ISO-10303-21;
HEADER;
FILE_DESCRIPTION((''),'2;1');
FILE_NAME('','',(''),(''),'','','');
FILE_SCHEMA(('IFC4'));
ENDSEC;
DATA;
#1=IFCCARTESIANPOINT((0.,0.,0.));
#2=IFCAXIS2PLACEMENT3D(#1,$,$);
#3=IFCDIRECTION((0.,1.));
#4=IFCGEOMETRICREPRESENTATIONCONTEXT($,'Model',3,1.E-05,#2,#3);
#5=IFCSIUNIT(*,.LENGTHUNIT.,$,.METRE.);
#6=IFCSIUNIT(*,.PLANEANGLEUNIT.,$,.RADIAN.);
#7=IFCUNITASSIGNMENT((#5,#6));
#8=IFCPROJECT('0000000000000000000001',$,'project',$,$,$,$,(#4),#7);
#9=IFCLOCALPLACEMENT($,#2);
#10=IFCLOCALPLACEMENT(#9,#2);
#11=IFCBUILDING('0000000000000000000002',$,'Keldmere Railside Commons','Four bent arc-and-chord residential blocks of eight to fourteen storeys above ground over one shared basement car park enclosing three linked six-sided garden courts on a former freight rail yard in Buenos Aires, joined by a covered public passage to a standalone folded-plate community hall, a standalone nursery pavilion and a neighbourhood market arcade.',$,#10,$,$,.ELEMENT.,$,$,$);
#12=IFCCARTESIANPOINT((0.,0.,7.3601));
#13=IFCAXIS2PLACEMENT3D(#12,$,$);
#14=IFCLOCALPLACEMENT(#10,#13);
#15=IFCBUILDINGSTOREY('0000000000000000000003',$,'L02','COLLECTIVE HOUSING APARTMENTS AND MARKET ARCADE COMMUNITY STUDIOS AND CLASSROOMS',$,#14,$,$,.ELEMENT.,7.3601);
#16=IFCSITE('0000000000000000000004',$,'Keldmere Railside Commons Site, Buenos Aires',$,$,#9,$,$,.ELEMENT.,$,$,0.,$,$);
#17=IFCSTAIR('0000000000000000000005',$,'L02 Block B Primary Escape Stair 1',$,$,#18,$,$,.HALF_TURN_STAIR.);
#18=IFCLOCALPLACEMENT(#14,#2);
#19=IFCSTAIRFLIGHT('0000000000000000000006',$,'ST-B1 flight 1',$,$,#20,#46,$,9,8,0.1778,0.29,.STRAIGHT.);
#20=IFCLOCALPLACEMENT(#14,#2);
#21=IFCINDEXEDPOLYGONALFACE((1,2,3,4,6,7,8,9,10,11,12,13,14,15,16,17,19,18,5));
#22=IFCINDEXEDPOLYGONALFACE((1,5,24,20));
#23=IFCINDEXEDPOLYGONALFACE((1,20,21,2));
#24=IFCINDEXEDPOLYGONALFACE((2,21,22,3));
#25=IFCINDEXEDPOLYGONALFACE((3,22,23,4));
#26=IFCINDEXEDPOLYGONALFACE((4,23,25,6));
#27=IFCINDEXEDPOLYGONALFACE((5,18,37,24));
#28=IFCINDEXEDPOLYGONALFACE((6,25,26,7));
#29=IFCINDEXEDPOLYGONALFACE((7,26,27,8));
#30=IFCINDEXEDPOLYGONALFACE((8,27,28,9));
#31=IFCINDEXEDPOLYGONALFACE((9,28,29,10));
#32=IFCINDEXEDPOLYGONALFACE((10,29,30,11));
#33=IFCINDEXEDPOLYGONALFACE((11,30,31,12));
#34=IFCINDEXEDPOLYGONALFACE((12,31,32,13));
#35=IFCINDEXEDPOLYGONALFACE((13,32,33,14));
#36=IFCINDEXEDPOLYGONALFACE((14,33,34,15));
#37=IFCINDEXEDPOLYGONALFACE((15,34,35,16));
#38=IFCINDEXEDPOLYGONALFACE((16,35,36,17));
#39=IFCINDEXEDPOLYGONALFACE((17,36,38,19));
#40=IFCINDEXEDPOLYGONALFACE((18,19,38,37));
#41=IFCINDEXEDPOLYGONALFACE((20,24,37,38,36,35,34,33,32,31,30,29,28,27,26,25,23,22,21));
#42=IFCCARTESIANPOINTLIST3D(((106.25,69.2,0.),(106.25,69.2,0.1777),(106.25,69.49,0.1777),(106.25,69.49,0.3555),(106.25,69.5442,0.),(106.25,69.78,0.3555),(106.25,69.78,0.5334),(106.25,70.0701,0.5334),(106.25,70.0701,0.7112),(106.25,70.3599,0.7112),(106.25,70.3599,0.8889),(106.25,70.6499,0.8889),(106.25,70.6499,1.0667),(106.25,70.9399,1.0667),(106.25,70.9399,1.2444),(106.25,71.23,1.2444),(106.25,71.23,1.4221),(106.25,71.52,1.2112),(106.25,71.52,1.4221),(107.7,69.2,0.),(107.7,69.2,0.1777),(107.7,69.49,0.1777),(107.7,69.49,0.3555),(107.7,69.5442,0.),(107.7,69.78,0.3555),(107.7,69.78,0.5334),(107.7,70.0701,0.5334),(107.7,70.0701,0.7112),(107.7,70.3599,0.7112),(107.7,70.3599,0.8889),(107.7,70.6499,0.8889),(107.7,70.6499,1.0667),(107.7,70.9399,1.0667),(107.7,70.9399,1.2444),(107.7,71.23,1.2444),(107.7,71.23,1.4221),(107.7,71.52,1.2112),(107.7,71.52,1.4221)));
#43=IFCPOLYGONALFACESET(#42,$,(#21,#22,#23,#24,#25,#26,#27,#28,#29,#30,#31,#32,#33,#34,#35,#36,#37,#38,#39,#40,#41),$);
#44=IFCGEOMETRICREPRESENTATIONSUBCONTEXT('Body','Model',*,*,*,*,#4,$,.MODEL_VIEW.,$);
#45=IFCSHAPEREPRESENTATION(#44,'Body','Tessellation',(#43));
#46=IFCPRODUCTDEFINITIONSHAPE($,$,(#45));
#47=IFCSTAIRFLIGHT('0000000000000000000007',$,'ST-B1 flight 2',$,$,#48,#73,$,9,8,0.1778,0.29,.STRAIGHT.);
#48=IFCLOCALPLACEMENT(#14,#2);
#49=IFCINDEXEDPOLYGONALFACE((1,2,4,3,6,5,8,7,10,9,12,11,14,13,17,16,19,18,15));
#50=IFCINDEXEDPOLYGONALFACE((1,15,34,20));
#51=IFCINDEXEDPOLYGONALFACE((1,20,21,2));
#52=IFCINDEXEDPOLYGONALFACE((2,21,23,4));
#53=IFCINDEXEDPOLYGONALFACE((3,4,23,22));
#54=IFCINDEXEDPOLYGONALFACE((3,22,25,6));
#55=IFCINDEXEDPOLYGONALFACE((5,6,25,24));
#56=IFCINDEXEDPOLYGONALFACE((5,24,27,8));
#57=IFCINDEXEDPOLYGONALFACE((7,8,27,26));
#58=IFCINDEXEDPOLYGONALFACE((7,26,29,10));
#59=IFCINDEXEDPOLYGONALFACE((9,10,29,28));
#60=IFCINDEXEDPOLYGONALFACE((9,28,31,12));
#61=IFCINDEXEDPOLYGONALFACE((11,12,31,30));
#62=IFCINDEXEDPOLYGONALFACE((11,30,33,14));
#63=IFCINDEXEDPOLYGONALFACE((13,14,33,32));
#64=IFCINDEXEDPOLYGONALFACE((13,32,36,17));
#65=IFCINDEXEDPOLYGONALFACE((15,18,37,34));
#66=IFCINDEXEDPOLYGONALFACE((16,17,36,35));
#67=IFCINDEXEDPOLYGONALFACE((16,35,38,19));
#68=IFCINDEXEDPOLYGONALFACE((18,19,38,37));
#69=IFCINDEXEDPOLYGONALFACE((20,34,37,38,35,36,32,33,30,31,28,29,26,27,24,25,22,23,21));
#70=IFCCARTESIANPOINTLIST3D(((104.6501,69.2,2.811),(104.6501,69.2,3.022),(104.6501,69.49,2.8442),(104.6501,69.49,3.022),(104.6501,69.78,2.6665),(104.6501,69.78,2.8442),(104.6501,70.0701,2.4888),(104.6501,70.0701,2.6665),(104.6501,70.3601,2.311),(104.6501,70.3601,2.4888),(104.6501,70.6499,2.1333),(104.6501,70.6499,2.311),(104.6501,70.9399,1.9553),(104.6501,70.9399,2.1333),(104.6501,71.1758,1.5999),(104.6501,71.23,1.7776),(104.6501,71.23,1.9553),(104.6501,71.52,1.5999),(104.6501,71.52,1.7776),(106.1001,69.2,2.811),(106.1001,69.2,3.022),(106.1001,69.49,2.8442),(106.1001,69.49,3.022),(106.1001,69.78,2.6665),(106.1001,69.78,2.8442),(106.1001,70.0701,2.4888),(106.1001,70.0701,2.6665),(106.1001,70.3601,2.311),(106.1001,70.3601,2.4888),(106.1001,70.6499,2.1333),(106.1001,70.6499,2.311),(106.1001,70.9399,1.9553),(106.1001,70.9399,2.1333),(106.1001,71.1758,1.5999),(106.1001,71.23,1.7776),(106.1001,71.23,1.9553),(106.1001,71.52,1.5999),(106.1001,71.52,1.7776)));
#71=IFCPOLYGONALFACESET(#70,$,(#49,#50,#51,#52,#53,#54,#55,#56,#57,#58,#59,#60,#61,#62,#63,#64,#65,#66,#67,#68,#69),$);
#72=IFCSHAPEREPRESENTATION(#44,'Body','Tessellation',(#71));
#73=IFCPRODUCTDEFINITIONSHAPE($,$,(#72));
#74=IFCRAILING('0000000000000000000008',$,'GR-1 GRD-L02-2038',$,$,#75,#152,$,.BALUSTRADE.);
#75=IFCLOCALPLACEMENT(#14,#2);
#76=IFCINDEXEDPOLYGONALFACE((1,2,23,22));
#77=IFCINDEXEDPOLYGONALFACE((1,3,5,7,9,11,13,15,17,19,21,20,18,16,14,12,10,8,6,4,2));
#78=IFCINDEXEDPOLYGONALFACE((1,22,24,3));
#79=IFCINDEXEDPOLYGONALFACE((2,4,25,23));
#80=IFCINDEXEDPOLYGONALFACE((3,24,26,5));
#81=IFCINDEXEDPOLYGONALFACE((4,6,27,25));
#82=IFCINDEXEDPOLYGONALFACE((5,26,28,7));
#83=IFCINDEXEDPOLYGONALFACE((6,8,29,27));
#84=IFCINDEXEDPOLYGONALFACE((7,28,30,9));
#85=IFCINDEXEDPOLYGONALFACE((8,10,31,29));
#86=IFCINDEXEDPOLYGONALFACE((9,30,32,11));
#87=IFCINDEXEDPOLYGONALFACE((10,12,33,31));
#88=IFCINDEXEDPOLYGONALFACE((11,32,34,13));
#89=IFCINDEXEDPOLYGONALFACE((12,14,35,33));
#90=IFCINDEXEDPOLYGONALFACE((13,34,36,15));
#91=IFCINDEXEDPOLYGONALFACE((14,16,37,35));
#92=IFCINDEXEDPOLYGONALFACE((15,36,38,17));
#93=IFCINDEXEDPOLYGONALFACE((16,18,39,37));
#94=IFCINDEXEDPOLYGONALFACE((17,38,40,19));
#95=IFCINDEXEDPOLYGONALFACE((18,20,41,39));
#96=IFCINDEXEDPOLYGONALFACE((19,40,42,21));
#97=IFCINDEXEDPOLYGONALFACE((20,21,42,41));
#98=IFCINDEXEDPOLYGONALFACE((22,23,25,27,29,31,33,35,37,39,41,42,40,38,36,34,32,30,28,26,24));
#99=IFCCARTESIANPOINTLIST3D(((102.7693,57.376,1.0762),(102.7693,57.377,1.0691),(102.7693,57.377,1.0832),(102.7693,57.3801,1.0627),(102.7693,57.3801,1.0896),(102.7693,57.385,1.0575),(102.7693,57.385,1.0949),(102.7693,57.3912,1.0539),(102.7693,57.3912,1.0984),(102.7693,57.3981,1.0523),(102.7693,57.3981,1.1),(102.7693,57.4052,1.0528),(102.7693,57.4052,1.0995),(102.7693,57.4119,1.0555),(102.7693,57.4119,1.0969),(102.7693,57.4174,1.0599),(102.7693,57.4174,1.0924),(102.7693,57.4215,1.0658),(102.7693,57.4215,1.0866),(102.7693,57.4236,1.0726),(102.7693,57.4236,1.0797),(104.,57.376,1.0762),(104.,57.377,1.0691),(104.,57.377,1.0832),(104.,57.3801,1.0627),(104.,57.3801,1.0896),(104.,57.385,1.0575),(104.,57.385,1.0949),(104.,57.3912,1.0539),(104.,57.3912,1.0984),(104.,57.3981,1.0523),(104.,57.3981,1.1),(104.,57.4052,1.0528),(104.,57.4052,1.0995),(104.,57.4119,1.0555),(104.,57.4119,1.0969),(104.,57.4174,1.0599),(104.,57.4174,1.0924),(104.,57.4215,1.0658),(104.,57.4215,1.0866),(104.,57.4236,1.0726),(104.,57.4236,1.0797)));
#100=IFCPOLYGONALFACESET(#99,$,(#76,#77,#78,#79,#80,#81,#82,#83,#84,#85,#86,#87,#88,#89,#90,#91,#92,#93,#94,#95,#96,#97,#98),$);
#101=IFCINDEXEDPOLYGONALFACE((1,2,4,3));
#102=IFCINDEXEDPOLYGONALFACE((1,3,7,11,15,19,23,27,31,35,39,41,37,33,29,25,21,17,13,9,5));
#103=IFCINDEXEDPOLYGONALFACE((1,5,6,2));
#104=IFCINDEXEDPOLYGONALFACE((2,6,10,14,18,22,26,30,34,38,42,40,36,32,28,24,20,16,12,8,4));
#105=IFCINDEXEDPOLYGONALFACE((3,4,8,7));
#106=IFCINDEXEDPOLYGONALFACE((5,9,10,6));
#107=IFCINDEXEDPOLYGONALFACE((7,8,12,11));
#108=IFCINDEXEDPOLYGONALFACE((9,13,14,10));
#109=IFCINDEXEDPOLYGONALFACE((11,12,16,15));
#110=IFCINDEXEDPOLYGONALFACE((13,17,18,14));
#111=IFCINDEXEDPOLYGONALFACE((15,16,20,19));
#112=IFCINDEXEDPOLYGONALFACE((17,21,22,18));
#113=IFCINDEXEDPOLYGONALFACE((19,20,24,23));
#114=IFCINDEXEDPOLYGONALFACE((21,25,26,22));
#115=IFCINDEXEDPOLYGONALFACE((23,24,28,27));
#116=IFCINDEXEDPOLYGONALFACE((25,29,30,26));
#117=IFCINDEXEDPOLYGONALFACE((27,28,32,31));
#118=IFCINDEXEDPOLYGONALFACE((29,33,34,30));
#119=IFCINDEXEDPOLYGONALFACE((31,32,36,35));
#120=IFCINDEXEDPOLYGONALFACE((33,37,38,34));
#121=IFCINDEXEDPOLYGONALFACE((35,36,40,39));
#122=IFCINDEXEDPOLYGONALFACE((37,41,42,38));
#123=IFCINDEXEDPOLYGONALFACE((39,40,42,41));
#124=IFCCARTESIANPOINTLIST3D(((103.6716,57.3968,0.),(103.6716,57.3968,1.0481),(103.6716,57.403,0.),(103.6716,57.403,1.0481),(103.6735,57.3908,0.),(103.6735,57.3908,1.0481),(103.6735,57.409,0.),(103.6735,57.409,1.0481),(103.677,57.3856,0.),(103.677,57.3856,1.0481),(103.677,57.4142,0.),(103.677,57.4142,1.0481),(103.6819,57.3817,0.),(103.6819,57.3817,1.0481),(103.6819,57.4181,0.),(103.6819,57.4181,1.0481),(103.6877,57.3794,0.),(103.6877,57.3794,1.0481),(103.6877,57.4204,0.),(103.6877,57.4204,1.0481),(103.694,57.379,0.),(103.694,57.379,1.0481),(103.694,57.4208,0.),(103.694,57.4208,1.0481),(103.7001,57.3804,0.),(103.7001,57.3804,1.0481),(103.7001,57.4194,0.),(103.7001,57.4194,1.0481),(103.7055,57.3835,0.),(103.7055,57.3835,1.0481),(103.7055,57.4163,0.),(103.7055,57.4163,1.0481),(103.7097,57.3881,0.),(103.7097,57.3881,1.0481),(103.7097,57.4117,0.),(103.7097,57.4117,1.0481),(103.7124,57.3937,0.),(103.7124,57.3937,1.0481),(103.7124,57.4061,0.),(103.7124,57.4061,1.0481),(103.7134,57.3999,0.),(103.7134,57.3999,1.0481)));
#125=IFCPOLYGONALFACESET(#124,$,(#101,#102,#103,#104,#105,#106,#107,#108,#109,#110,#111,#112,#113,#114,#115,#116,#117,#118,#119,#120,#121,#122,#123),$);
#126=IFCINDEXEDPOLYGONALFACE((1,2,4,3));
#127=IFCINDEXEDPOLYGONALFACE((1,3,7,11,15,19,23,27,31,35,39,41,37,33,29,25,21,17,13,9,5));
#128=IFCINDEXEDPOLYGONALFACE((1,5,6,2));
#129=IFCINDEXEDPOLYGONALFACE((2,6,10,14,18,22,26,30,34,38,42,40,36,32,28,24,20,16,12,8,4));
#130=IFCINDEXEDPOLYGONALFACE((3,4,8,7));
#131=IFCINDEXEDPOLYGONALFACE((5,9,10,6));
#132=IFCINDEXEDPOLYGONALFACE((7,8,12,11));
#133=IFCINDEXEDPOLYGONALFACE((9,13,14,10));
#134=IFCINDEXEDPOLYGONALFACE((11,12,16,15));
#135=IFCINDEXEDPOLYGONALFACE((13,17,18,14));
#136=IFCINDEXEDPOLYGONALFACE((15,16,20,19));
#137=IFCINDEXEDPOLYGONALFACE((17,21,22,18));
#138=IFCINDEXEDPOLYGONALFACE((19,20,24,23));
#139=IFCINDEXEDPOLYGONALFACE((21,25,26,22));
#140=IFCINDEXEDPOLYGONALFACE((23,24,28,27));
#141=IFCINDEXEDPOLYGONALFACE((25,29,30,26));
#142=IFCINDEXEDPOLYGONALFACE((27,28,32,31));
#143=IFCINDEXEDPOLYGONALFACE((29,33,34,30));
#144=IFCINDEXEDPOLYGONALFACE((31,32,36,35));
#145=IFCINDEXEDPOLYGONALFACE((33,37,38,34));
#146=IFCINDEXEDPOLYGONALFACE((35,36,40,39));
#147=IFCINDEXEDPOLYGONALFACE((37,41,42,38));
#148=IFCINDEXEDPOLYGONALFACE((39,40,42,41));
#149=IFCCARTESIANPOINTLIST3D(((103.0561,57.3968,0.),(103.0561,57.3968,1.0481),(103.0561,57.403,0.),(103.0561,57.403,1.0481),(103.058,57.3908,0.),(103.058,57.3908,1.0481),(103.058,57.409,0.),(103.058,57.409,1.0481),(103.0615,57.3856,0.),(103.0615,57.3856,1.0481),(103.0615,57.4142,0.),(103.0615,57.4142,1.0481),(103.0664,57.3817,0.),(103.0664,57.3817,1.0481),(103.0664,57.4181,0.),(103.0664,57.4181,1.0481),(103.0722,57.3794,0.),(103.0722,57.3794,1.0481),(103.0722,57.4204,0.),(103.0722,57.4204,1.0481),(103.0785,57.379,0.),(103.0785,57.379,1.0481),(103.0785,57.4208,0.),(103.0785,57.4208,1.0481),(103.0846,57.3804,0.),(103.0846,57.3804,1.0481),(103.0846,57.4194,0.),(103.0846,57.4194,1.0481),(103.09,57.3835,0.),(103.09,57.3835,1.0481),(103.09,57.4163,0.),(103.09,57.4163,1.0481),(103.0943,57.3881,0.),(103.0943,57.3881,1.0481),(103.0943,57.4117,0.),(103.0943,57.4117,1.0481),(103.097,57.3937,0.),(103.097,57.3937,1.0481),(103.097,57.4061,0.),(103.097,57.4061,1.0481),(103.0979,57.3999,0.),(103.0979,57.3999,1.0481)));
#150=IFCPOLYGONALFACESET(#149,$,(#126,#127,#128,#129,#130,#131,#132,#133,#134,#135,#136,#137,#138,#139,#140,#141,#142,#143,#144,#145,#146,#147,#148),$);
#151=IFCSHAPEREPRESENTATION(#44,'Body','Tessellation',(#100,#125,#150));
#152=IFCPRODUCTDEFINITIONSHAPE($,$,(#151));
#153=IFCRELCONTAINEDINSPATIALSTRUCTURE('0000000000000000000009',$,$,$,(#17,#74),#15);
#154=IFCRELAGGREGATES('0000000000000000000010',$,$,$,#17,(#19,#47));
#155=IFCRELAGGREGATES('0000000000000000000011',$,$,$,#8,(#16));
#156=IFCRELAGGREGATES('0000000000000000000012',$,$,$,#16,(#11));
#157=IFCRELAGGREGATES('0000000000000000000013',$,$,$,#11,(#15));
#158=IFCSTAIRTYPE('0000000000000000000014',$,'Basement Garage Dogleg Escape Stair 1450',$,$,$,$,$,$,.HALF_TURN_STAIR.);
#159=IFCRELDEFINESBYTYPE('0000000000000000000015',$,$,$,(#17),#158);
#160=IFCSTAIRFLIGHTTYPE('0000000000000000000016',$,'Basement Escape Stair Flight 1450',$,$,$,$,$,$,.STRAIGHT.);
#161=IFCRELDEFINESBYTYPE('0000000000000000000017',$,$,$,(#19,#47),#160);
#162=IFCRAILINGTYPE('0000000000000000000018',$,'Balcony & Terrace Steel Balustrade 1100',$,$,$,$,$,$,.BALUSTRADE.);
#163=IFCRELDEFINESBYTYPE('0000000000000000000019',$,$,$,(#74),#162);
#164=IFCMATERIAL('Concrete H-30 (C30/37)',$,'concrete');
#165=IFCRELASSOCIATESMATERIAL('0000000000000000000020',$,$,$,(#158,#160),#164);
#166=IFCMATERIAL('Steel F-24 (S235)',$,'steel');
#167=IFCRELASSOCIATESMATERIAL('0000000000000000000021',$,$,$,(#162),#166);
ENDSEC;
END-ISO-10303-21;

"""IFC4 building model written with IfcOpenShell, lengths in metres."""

from ifc_helpers import new_model, si_unit, direction, frame, origin, origin_2d, place, context, subcontext, project, spatial, polyline, circle, outline, extrude, material, type_object, element, aggregate, save


model = new_model("IFC4")

# Units and contexts
model_context = context("Model", 3, precision=1e-05, world=origin(), true_north=direction((0.0, 1.0)))
body_context = subcontext(model_context, "Body", "Model", "MODEL_VIEW")
ifc_project = project(units=[si_unit("LENGTHUNIT", "METRE"), si_unit("PLANEANGLEUNIT", "RADIAN")], contexts=[model_context])

# Site, building, storey
site_placement = place(None, origin())
site = spatial("IfcSite", under=ifc_project, at=site_placement, Name="Keldmere Railside Commons Site, Buenos Aires", CompositionType="ELEMENT", RefElevation=0.0)
building_placement = place(site_placement, origin())
building = spatial("IfcBuilding", under=site, at=building_placement, Name="Keldmere Railside Commons", Description="Four bent arc-and-chord residential blocks of eight to fourteen storeys above ground over one shared basement car park enclosing three linked six-sided garden courts on a former freight rail yard in Buenos Aires, joined by a covered public passage to a standalone folded-plate community hall, a standalone nursery pavilion and a neighbourhood market arcade.", CompositionType="ELEMENT")
storey_placement = place(building_placement, frame((0.0, 0.0, 7.3601)))
storey = spatial("IfcBuildingStorey", under=building, at=storey_placement, Name="L02", Description="COLLECTIVE HOUSING APARTMENTS AND MARKET ARCADE COMMUNITY STUDIOS AND CLASSROOMS", CompositionType="ELEMENT", Elevation=7.3601)

# Shared definitions
ifc_material_1 = material(Name="Concrete H-30 (C30/37)", Category="concrete")

# Stair, stair flights
stair_type = type_object("IfcStairType", Name="Basement Garage Dogleg Escape Stair 1450", PredefinedType="HALF_TURN_STAIR", material=ifc_material_1)
stair_placement = place(storey_placement, origin())
stair = element("IfcStair", 1, at=stair_placement, inside=storey, type_object=stair_type, Name="L02 Block B Primary Escape Stair 1", PredefinedType="HALF_TURN_STAIR")
stair_flight_type = type_object("IfcStairFlightType", Name="Basement Escape Stair Flight 1450", PredefinedType="STRAIGHT", material=ifc_material_1)
stair_flight_1_placement = place(storey_placement, frame((106.9751, 69.2, 0.0), z_axis=(0.0, 0.0, 1.0), x_axis=(0.0, 1.0, 0.0)))
stair_flight_1 = element("IfcStairFlight", 2, at=stair_flight_1_placement, type_object=stair_flight_type, Name="ST-B1 flight 1", NumberOfRisers=9, NumberOfTreads=8, PredefinedType="STRAIGHT", RiserHeight=0.1778, TreadLength=0.29, context=body_context, shape_type="SweptSolid", body=[
    extrude(outline(polyline([(0.0, 0.0), (0.0, 0.1777), (0.29, 0.1777), (0.29, 0.3555), (0.5801, 0.3555), (0.5801, 0.5334), (0.8701, 0.5334), (0.8701, 0.7112), (1.1599, 0.7112), (1.1599, 0.8889), (1.45, 0.8889), (1.45, 1.0667), (1.74, 1.0667), (1.74, 1.2444), (2.03, 1.2444), (2.03, 1.4221), (2.3201, 1.4221), (2.3201, 1.6001), (2.3201, 1.2112), (0.3442, 0.0), (0.0, 0.0)])), frame((0.0, 0.7251, 0.0), z_axis=(0.0, -1.0, 0.0), x_axis=(1.0, 0.0, 0.0)), (0.0, 0.0, 1.0), 1.45),
])
stair_flight_2_placement = place(storey_placement, frame((105.375, 71.52, 1.5999), z_axis=(0.0, 0.0, 1.0), x_axis=(0.0, -1.0, 0.0)))
stair_flight_2 = element("IfcStairFlight", 3, at=stair_flight_2_placement, type_object=stair_flight_type, Name="ST-B1 flight 2", NumberOfRisers=9, NumberOfTreads=8, PredefinedType="STRAIGHT", RiserHeight=0.1778, TreadLength=0.29, context=body_context, shape_type="SweptSolid", body=[
    extrude(outline(polyline([(0.0, 0.0), (0.0, 0.1777), (0.29, 0.1777), (0.29, 0.3555), (0.5801, 0.3555), (0.5801, 0.5334), (0.8701, 0.5334), (0.8701, 0.7112), (1.1599, 0.7112), (1.1599, 0.8889), (1.45, 0.8889), (1.45, 1.0667), (1.74, 1.0667), (1.74, 1.2444), (2.03, 1.2444), (2.03, 1.4221), (2.3201, 1.4221), (2.3201, 1.6001), (2.3201, 1.2112), (0.3442, 0.0), (0.0, 0.0)])), frame((0.0, 0.7251, 0.0), z_axis=(0.0, -1.0, 0.0), x_axis=(1.0, 0.0, 0.0)), (0.0, 0.0, 1.0), 1.45),
])
aggregate(stair, [stair_flight_1, stair_flight_2])

# Railing
ifc_material_2 = material(Name="Steel F-24 (S235)", Category="steel")
railing_type_1 = type_object("IfcRailingType", Name="Balcony & Terrace Steel Balustrade 1100", PredefinedType="BALUSTRADE", material=ifc_material_2)
railing_1_placement = place(storey_placement, frame((104.0, 57.3999, 0.0)))
element("IfcRailing", 4, at=railing_1_placement, inside=storey, type_object=railing_type_1, Name="GR-1 GRD-L02-2038", PredefinedType="BALUSTRADE", context=body_context, shape_type="SweptSolid", body=[
    extrude(circle(Radius=0.0239, at=origin_2d()), frame((0.0, 0.0, 1.0762), z_axis=(-1.0, 0.0, 0.0), x_axis=(0.0, -1.0, 0.0)), (0.0, 0.0, 1.0), 1.2307),
    extrude(circle(Radius=0.021, at=origin_2d()), frame((-0.3076, 0.0, 0.0)), (0.0, 0.0, 1.0), 1.0481),
    extrude(circle(Radius=0.021, at=origin_2d()), frame((-0.9231, 0.0, 0.0)), (0.0, 0.0, 1.0), 1.0481),
])

save(model, "model.ifc")
